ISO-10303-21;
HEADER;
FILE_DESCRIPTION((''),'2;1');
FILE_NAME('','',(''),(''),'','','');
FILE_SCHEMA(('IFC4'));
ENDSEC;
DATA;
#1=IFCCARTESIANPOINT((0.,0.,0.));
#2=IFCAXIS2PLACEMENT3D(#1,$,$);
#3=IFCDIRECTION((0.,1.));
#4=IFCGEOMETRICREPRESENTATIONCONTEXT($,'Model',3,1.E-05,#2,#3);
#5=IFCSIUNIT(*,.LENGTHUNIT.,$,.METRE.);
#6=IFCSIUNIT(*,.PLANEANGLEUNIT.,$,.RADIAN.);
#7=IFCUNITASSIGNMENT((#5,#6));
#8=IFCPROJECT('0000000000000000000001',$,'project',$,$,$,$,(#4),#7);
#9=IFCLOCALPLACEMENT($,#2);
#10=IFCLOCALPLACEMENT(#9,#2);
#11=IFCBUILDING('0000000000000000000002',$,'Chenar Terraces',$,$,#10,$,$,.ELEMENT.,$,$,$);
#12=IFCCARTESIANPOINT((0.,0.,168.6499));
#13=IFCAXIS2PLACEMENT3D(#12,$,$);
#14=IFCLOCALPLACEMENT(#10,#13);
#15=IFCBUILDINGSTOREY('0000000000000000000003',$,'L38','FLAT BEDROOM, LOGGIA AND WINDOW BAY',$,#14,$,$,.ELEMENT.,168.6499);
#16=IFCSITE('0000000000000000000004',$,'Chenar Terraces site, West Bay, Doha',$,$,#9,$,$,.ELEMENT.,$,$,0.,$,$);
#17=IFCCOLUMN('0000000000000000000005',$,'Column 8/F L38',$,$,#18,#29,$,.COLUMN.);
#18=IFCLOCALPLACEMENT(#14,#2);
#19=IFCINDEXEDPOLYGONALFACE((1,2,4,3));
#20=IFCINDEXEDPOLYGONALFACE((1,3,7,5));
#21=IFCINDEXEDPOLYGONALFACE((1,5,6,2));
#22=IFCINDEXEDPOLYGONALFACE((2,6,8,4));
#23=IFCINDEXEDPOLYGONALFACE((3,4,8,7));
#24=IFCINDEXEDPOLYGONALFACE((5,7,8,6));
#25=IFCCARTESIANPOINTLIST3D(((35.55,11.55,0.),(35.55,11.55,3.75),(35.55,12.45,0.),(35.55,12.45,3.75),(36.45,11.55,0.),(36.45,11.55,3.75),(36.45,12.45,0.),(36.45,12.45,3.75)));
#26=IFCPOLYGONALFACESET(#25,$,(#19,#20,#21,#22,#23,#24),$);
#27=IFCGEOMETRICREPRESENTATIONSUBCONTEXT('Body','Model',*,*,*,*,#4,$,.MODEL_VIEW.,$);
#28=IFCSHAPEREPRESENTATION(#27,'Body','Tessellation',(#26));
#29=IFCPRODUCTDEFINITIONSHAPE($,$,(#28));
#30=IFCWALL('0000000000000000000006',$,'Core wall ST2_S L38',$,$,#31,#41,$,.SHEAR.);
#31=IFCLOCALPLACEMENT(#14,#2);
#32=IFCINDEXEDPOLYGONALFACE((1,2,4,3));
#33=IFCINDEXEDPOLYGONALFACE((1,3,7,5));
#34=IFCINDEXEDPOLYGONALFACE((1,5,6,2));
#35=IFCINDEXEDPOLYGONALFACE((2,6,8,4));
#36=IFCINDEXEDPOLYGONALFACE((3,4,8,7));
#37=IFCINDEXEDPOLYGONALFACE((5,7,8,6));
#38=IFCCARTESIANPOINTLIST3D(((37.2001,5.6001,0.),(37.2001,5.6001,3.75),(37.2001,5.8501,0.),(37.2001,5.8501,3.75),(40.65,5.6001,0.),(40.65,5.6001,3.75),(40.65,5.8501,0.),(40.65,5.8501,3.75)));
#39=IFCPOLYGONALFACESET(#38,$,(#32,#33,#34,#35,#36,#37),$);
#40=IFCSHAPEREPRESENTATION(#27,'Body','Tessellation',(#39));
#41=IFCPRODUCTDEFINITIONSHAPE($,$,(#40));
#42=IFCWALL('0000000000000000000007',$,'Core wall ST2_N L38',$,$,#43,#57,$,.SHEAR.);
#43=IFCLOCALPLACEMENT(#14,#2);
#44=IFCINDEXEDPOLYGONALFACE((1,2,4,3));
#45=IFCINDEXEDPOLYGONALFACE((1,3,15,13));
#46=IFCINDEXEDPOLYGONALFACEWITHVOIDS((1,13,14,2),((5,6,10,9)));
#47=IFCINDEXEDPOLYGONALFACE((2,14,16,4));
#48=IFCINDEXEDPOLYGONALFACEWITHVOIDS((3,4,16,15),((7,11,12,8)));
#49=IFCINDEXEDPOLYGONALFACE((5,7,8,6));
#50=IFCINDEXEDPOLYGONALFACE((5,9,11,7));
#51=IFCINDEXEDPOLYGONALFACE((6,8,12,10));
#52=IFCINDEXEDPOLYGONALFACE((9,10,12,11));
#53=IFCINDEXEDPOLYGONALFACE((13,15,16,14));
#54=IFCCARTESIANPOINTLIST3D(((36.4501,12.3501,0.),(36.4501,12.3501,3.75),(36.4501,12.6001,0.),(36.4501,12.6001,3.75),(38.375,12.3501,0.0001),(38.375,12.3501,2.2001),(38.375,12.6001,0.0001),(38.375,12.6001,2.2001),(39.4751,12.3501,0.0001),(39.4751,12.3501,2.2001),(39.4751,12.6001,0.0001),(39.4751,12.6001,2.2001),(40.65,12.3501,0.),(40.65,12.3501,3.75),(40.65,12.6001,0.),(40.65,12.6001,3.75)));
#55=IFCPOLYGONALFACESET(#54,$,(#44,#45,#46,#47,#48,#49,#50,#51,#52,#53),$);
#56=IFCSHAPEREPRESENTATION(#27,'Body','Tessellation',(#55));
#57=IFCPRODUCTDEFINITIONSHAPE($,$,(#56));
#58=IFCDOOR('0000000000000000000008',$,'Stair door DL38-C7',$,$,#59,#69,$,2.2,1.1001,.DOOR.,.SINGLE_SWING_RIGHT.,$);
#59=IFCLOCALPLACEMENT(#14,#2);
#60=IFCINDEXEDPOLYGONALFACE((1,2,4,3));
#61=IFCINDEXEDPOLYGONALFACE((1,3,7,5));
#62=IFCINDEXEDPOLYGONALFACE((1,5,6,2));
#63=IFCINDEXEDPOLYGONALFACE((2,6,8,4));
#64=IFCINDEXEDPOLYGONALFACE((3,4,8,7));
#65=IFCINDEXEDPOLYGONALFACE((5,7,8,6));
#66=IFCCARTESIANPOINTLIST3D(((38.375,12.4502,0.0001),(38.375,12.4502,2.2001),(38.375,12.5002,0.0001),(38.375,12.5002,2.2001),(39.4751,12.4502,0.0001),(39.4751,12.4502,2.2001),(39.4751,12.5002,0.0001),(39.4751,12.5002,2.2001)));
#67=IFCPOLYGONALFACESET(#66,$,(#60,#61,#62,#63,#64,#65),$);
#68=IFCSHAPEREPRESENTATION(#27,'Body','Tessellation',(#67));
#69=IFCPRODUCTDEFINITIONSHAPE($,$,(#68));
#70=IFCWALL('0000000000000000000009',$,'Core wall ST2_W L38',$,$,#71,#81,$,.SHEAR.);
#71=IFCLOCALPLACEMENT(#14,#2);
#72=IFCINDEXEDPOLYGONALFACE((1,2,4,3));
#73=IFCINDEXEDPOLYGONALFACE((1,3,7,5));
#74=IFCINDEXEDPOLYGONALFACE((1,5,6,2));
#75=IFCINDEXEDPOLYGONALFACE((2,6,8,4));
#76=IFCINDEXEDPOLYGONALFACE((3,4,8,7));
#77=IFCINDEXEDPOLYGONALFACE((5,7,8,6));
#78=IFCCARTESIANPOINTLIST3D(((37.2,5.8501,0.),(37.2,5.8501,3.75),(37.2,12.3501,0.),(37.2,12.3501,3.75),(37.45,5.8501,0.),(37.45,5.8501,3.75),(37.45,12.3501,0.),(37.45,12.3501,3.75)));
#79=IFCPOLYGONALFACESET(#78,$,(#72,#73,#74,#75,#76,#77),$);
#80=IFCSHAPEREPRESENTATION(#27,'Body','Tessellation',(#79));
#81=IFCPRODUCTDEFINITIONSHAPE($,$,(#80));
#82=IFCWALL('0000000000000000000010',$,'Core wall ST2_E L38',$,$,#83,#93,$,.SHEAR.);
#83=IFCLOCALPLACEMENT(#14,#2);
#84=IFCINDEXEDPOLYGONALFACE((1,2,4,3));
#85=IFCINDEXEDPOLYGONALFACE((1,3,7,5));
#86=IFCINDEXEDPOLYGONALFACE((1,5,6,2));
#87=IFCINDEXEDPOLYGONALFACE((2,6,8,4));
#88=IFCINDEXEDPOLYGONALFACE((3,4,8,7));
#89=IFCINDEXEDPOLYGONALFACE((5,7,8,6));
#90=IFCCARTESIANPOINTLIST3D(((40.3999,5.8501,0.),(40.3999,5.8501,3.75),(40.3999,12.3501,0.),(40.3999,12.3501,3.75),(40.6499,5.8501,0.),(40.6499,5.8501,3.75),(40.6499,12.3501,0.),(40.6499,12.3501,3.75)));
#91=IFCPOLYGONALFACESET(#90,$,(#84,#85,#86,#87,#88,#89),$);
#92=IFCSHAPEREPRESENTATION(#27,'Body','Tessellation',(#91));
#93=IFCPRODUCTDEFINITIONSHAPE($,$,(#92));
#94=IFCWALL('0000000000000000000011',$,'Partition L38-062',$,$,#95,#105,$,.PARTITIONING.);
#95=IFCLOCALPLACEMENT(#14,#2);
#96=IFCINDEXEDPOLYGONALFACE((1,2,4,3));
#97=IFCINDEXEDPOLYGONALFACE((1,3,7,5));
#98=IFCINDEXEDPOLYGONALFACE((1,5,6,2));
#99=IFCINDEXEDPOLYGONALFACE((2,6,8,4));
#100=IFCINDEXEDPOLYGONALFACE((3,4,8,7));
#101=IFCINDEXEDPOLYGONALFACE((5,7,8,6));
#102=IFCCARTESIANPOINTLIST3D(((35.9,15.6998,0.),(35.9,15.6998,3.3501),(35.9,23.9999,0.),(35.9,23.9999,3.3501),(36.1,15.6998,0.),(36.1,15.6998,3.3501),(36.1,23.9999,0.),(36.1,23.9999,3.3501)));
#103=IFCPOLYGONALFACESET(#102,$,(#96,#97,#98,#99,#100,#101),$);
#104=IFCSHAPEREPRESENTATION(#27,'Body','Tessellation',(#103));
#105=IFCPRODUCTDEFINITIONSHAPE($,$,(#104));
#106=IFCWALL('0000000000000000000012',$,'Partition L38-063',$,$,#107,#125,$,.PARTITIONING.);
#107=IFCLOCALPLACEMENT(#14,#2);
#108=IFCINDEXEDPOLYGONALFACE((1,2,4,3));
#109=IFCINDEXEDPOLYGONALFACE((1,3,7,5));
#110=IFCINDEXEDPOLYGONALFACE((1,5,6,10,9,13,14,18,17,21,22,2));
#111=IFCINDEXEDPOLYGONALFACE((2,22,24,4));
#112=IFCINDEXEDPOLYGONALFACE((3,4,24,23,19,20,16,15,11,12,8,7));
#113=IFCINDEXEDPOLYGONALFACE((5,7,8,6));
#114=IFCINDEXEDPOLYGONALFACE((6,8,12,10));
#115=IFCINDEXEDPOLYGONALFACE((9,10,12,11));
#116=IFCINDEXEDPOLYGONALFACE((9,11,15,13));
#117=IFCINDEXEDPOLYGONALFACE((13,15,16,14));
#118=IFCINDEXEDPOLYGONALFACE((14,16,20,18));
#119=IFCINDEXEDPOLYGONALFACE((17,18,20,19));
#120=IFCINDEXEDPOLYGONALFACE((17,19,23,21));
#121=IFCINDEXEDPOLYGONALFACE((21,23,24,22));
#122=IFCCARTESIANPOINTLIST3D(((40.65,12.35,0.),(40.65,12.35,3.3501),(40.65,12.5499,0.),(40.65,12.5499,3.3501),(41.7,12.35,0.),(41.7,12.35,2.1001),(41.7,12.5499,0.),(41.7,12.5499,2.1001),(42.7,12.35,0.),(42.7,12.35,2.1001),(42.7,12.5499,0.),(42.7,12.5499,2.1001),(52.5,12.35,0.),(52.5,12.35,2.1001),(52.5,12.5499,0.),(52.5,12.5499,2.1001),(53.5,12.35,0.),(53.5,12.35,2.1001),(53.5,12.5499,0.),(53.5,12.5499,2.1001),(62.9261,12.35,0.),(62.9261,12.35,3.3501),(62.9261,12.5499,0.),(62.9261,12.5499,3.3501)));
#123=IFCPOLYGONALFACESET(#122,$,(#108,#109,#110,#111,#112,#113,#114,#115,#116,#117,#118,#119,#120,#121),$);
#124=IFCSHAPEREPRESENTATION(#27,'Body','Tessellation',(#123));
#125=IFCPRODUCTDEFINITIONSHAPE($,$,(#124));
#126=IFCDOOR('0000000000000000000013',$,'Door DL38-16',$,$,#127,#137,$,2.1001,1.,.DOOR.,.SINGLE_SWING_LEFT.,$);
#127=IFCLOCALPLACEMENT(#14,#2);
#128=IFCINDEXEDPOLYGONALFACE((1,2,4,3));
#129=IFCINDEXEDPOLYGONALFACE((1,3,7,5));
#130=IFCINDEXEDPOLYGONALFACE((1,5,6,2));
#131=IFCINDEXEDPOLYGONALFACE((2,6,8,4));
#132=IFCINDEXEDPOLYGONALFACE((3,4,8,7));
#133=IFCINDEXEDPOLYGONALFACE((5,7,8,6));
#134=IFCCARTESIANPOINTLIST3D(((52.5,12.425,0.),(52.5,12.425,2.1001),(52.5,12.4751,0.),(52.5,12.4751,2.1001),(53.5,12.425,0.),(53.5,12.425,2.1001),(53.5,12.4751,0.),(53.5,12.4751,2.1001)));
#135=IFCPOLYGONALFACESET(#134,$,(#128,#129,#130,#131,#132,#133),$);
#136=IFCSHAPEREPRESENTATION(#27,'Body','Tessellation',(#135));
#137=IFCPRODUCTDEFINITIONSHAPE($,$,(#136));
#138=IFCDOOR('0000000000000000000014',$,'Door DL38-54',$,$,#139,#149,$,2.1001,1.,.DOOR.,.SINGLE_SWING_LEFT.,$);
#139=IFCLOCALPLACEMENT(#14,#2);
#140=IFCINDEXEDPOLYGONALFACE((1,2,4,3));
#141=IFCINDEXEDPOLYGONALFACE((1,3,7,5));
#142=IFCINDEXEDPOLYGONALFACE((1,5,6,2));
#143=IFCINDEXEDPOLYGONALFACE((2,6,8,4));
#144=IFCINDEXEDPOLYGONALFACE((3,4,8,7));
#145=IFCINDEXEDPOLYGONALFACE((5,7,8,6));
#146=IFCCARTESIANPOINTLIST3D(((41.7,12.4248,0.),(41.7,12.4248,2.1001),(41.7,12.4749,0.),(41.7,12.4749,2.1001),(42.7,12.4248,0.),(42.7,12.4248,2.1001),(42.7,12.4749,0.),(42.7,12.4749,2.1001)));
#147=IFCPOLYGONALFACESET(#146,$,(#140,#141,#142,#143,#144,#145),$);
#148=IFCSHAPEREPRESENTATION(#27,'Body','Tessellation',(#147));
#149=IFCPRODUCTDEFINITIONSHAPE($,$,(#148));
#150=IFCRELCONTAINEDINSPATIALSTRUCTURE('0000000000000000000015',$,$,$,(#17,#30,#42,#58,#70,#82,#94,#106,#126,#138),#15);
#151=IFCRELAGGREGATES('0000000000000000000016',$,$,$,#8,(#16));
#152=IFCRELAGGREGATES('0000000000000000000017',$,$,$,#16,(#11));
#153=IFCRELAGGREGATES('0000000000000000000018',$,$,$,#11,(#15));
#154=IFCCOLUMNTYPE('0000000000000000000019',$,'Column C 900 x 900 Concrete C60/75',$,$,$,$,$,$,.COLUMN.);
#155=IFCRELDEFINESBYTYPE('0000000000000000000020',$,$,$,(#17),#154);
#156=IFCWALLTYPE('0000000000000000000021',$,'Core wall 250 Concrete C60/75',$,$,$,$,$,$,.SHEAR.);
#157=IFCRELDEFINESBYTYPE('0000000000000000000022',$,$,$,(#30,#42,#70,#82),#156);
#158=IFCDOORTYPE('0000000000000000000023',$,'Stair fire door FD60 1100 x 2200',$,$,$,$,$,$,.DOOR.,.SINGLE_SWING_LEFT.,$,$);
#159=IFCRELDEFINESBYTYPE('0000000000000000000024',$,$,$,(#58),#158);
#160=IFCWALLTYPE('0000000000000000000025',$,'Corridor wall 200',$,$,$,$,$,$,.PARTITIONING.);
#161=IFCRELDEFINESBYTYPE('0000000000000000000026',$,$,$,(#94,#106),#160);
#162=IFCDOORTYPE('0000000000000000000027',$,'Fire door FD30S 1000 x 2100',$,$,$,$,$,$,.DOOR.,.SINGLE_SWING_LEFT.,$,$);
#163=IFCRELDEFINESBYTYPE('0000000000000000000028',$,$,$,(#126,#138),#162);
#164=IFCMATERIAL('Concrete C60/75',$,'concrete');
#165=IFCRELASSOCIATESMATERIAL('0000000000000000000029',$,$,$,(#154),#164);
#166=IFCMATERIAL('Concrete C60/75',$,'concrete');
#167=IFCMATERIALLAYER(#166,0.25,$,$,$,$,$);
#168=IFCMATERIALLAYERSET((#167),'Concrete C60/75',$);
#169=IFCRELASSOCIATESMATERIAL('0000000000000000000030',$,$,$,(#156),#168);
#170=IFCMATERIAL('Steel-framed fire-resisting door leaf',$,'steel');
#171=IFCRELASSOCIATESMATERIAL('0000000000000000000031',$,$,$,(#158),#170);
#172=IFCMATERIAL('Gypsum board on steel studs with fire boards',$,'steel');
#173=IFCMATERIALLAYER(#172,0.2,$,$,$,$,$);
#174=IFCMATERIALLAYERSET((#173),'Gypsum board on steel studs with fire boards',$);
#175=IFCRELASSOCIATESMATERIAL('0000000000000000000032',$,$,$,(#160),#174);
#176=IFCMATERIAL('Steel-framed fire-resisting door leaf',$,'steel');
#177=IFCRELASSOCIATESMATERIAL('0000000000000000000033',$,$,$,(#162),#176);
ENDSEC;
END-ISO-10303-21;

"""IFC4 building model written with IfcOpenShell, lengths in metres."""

from ifc_helpers import new_model, si_unit, direction, frame, frame_2d, origin, origin_2d, place, context, subcontext, project, spatial, rectangle, extrude, material, layer, layer_set, material_profile, profile_set, type_object, element, fill, save


model = new_model("IFC4")

# Units and contexts
model_context = context("Model", 3, precision=1e-05, world=origin(), true_north=direction((0.0, 1.0)))
body_context = subcontext(model_context, "Body", "Model", "MODEL_VIEW")
ifc_project = project(units=[si_unit("LENGTHUNIT", "METRE"), si_unit("PLANEANGLEUNIT", "RADIAN")], contexts=[model_context])

# Site, building, storey
site_placement = place(None, origin())
site = spatial("IfcSite", under=ifc_project, at=site_placement, Name="Chenar Terraces site, West Bay, Doha", CompositionType="ELEMENT", RefElevation=0.0)
building_placement = place(site_placement, origin())
building = spatial("IfcBuilding", under=site, at=building_placement, Name="Chenar Terraces", CompositionType="ELEMENT")
storey_placement = place(building_placement, frame((0.0, 0.0, 168.6499)))
storey = spatial("IfcBuildingStorey", under=building, at=storey_placement, Name="L38", Description="FLAT BEDROOM, LOGGIA AND WINDOW BAY", CompositionType="ELEMENT", Elevation=168.6499)

# Column
ifc_material_1 = material(Name="Concrete C60/75", Category="concrete")
ifc_material_profile = material_profile(ifc_material_1, rectangle(XDim=0.8999, YDim=0.8999, at=origin_2d()), Name="C 900 x 900")
ifc_profile_set = profile_set([ifc_material_profile], Name="Concrete C60/75")
column_type = type_object("IfcColumnType", Name="Column C 900 x 900 Concrete C60/75", PredefinedType="COLUMN", material=ifc_profile_set)
column_placement = place(storey_placement, frame((36.0, 12.0, 0.0), z_axis=(0.0, 0.0, 1.0), x_axis=(1.0, 0.0, 0.0)))
element("IfcColumn", 1, at=column_placement, inside=storey, type_object=column_type, Name="Column 8/F L38", PredefinedType="COLUMN", context=body_context, shape_type="SweptSolid", body=[
    extrude(rectangle(XDim=0.8999, YDim=0.8999, at=origin_2d()), origin(), (0.0, 0.0, 1.0), 3.75),
])

# Wall
ifc_material_2 = material(Name="Concrete C60/75", Category="concrete")
ifc_layer_1 = layer(ifc_material_2, 0.25)
ifc_layer_set_1 = layer_set([ifc_layer_1], Name="Concrete C60/75")
wall_type_1 = type_object("IfcWallType", Name="Core wall 250 Concrete C60/75", PredefinedType="SHEAR", material=ifc_layer_set_1)
wall_1_placement = place(storey_placement, frame((37.2, 5.7251, 0.0), z_axis=(0.0, 0.0, 1.0), x_axis=(1.0, 0.0, 0.0)))
element("IfcWall", 2, at=wall_1_placement, inside=storey, type_object=wall_type_1, Name="Core wall ST2_S L38", PredefinedType="SHEAR", context=body_context, shape_type="SweptSolid", body=[
    extrude(rectangle(XDim=3.45, YDim=0.25, at=frame_2d((1.7251, 0.0))), origin(), (0.0, 0.0, 1.0), 3.75),
])

# Wall, opening, door
wall_2_placement = place(storey_placement, frame((36.45, 12.4751, 0.0), z_axis=(0.0, 0.0, 1.0), x_axis=(1.0, 0.0, 0.0)))
wall_2 = element("IfcWall", 3, at=wall_2_placement, inside=storey, type_object=wall_type_1, Name="Core wall ST2_N L38", PredefinedType="SHEAR", context=body_context, shape_type="SweptSolid", body=[
    extrude(rectangle(XDim=4.2, YDim=0.25, at=frame_2d((2.1001, 0.0))), origin(), (0.0, 0.0, 1.0), 3.75),
])
opening_1_placement = place(wall_2_placement, frame((1.925, 0.0, 0.0)))
opening_1 = element("IfcOpeningElement", 4, at=opening_1_placement, cuts=wall_2, PredefinedType="OPENING", context=body_context, shape_type="SweptSolid", body=[
    extrude(rectangle(XDim=1.1001, YDim=2.2, at=frame_2d((0.55, 1.1001))), frame((0.0, 0.135, 0.0), z_axis=(0.0, -1.0, 0.0), x_axis=(1.0, 0.0, 0.0)), (0.0, 0.0, 1.0), 0.27),
])
ifc_material_3 = material(Name="Steel-framed fire-resisting door leaf", Category="steel")
door_type_1 = type_object("IfcDoorType", Name="Stair fire door FD60 1100 x 2200", OperationType="SINGLE_SWING_LEFT", PredefinedType="DOOR", material=ifc_material_3)
door_1_placement = place(opening_1_placement, frame((1.1001, 0.0, 0.0), z_axis=(0.0, 0.0, 1.0), x_axis=(-1.0, 0.0, 0.0)))
door_1 = element("IfcDoor", 5, at=door_1_placement, inside=storey, type_object=door_type_1, Name="Stair door DL38-C7", OperationType="SINGLE_SWING_RIGHT", OverallHeight=2.2, OverallWidth=1.1001, PredefinedType="DOOR", context=body_context, shape_type="SweptSolid", body=[
    extrude(rectangle(XDim=1.1001, YDim=2.2, at=frame_2d((0.55, 1.1001))), frame((0.0, 0.0249, 0.0), z_axis=(0.0, -1.0, 0.0), x_axis=(1.0, 0.0, 0.0)), (0.0, 0.0, 1.0), 0.05),
])
fill(opening_1, door_1)

# Walls
for number, where, z_axis, x_axis, name in (
    (6, (37.325, 5.8501, 0.0), (0.0, 0.0, 1.0), (0.0, 1.0, 0.0), "Core wall ST2_W L38"),
    (7, (40.5249, 5.8501, 0.0), (0.0, 0.0, 1.0), (0.0, 1.0, 0.0), "Core wall ST2_E L38"),
):
    element("IfcWall", number, at=place(storey_placement, frame(where, z_axis=z_axis, x_axis=x_axis)), inside=storey, type_object=wall_type_1, Name=name, PredefinedType="SHEAR", context=body_context, shape_type="SweptSolid", body=[
        extrude(rectangle(XDim=6.5, YDim=0.25, at=frame_2d((3.25, 0.0))), origin(), (0.0, 0.0, 1.0), 3.75),
    ])
ifc_material_4 = material(Name="Gypsum board on steel studs with fire boards", Category="steel")
ifc_layer_2 = layer(ifc_material_4, 0.2)
ifc_layer_set_2 = layer_set([ifc_layer_2], Name="Gypsum board on steel studs with fire boards")
wall_type_2 = type_object("IfcWallType", Name="Corridor wall 200", PredefinedType="PARTITIONING", material=ifc_layer_set_2)
wall_3_placement = place(storey_placement, frame((36.0, 15.7, 0.0), z_axis=(0.0, 0.0, 1.0), x_axis=(0.0, 1.0, 0.0)))
element("IfcWall", 8, at=wall_3_placement, inside=storey, type_object=wall_type_2, Name="Partition L38-062", PredefinedType="PARTITIONING", context=body_context, shape_type="SweptSolid", body=[
    extrude(rectangle(XDim=8.3, YDim=0.2, at=frame_2d((4.1499, 0.0))), origin(), (0.0, 0.0, 1.0), 3.3501),
])

# Wall, openings, doors
wall_4_placement = place(storey_placement, frame((40.6499, 12.45, 0.0), z_axis=(0.0, 0.0, 1.0), x_axis=(1.0, 0.0, 0.0)))
wall_4 = element("IfcWall", 9, at=wall_4_placement, inside=storey, type_object=wall_type_2, Name="Partition L38-063", PredefinedType="PARTITIONING", context=body_context, shape_type="SweptSolid", body=[
    extrude(rectangle(XDim=22.2761, YDim=0.2, at=frame_2d((11.1382, 0.0))), origin(), (0.0, 0.0, 1.0), 3.3501),
])
opening_2_placement = place(wall_4_placement, frame((11.8501, 0.0, 0.0)))
opening_2 = element("IfcOpeningElement", 10, at=opening_2_placement, cuts=wall_4, PredefinedType="OPENING", context=body_context, shape_type="SweptSolid", body=[
    extrude(rectangle(XDim=1.0, YDim=2.1001, at=frame_2d((0.5, 1.05))), frame((0.0, 0.1099, 0.0), z_axis=(0.0, -1.0, 0.0), x_axis=(1.0, 0.0, 0.0)), (0.0, 0.0, 1.0), 0.22),
])
opening_3_placement = place(wall_4_placement, frame((1.05, 0.0, 0.0)))
opening_3 = element("IfcOpeningElement", 11, at=opening_3_placement, cuts=wall_4, PredefinedType="OPENING", context=body_context, shape_type="SweptSolid", body=[
    extrude(rectangle(XDim=1.0, YDim=2.1001, at=frame_2d((0.5, 1.05))), frame((0.0, 0.1099, 0.0), z_axis=(0.0, -1.0, 0.0), x_axis=(1.0, 0.0, 0.0)), (0.0, 0.0, 1.0), 0.22),
])
ifc_material_5 = material(Name="Steel-framed fire-resisting door leaf", Category="steel")
door_type_2 = type_object("IfcDoorType", Name="Fire door FD30S 1000 x 2100", OperationType="SINGLE_SWING_LEFT", PredefinedType="DOOR", material=ifc_material_5)
door_2_placement = place(opening_2_placement, frame((1.0, 0.0, 0.0), z_axis=(0.0, 0.0, 1.0), x_axis=(-1.0, 0.0, 0.0)))
door_2 = element("IfcDoor", 12, at=door_2_placement, inside=storey, type_object=door_type_2, Name="Door DL38-16", OperationType="SINGLE_SWING_LEFT", OverallHeight=2.1001, OverallWidth=1.0, PredefinedType="DOOR", context=body_context, shape_type="SweptSolid", body=[
    extrude(rectangle(XDim=1.0, YDim=2.1001, at=frame_2d((0.5, 1.05))), frame((0.0, 0.0249, 0.0), z_axis=(0.0, -1.0, 0.0), x_axis=(1.0, 0.0, 0.0)), (0.0, 0.0, 1.0), 0.05),
])
fill(opening_2, door_2)
door_3_placement = place(opening_3_placement, origin())
door_3 = element("IfcDoor", 13, at=door_3_placement, inside=storey, type_object=door_type_2, Name="Door DL38-54", OperationType="SINGLE_SWING_LEFT", OverallHeight=2.1001, OverallWidth=1.0, PredefinedType="DOOR", context=body_context, shape_type="SweptSolid", body=[
    extrude(rectangle(XDim=1.0, YDim=2.1001, at=frame_2d((0.5, 1.05))), frame((0.0, 0.0249, 0.0), z_axis=(0.0, -1.0, 0.0), x_axis=(1.0, 0.0, 0.0)), (0.0, 0.0, 1.0), 0.05),
])
fill(opening_3, door_3)

save(model, "model.ifc")
